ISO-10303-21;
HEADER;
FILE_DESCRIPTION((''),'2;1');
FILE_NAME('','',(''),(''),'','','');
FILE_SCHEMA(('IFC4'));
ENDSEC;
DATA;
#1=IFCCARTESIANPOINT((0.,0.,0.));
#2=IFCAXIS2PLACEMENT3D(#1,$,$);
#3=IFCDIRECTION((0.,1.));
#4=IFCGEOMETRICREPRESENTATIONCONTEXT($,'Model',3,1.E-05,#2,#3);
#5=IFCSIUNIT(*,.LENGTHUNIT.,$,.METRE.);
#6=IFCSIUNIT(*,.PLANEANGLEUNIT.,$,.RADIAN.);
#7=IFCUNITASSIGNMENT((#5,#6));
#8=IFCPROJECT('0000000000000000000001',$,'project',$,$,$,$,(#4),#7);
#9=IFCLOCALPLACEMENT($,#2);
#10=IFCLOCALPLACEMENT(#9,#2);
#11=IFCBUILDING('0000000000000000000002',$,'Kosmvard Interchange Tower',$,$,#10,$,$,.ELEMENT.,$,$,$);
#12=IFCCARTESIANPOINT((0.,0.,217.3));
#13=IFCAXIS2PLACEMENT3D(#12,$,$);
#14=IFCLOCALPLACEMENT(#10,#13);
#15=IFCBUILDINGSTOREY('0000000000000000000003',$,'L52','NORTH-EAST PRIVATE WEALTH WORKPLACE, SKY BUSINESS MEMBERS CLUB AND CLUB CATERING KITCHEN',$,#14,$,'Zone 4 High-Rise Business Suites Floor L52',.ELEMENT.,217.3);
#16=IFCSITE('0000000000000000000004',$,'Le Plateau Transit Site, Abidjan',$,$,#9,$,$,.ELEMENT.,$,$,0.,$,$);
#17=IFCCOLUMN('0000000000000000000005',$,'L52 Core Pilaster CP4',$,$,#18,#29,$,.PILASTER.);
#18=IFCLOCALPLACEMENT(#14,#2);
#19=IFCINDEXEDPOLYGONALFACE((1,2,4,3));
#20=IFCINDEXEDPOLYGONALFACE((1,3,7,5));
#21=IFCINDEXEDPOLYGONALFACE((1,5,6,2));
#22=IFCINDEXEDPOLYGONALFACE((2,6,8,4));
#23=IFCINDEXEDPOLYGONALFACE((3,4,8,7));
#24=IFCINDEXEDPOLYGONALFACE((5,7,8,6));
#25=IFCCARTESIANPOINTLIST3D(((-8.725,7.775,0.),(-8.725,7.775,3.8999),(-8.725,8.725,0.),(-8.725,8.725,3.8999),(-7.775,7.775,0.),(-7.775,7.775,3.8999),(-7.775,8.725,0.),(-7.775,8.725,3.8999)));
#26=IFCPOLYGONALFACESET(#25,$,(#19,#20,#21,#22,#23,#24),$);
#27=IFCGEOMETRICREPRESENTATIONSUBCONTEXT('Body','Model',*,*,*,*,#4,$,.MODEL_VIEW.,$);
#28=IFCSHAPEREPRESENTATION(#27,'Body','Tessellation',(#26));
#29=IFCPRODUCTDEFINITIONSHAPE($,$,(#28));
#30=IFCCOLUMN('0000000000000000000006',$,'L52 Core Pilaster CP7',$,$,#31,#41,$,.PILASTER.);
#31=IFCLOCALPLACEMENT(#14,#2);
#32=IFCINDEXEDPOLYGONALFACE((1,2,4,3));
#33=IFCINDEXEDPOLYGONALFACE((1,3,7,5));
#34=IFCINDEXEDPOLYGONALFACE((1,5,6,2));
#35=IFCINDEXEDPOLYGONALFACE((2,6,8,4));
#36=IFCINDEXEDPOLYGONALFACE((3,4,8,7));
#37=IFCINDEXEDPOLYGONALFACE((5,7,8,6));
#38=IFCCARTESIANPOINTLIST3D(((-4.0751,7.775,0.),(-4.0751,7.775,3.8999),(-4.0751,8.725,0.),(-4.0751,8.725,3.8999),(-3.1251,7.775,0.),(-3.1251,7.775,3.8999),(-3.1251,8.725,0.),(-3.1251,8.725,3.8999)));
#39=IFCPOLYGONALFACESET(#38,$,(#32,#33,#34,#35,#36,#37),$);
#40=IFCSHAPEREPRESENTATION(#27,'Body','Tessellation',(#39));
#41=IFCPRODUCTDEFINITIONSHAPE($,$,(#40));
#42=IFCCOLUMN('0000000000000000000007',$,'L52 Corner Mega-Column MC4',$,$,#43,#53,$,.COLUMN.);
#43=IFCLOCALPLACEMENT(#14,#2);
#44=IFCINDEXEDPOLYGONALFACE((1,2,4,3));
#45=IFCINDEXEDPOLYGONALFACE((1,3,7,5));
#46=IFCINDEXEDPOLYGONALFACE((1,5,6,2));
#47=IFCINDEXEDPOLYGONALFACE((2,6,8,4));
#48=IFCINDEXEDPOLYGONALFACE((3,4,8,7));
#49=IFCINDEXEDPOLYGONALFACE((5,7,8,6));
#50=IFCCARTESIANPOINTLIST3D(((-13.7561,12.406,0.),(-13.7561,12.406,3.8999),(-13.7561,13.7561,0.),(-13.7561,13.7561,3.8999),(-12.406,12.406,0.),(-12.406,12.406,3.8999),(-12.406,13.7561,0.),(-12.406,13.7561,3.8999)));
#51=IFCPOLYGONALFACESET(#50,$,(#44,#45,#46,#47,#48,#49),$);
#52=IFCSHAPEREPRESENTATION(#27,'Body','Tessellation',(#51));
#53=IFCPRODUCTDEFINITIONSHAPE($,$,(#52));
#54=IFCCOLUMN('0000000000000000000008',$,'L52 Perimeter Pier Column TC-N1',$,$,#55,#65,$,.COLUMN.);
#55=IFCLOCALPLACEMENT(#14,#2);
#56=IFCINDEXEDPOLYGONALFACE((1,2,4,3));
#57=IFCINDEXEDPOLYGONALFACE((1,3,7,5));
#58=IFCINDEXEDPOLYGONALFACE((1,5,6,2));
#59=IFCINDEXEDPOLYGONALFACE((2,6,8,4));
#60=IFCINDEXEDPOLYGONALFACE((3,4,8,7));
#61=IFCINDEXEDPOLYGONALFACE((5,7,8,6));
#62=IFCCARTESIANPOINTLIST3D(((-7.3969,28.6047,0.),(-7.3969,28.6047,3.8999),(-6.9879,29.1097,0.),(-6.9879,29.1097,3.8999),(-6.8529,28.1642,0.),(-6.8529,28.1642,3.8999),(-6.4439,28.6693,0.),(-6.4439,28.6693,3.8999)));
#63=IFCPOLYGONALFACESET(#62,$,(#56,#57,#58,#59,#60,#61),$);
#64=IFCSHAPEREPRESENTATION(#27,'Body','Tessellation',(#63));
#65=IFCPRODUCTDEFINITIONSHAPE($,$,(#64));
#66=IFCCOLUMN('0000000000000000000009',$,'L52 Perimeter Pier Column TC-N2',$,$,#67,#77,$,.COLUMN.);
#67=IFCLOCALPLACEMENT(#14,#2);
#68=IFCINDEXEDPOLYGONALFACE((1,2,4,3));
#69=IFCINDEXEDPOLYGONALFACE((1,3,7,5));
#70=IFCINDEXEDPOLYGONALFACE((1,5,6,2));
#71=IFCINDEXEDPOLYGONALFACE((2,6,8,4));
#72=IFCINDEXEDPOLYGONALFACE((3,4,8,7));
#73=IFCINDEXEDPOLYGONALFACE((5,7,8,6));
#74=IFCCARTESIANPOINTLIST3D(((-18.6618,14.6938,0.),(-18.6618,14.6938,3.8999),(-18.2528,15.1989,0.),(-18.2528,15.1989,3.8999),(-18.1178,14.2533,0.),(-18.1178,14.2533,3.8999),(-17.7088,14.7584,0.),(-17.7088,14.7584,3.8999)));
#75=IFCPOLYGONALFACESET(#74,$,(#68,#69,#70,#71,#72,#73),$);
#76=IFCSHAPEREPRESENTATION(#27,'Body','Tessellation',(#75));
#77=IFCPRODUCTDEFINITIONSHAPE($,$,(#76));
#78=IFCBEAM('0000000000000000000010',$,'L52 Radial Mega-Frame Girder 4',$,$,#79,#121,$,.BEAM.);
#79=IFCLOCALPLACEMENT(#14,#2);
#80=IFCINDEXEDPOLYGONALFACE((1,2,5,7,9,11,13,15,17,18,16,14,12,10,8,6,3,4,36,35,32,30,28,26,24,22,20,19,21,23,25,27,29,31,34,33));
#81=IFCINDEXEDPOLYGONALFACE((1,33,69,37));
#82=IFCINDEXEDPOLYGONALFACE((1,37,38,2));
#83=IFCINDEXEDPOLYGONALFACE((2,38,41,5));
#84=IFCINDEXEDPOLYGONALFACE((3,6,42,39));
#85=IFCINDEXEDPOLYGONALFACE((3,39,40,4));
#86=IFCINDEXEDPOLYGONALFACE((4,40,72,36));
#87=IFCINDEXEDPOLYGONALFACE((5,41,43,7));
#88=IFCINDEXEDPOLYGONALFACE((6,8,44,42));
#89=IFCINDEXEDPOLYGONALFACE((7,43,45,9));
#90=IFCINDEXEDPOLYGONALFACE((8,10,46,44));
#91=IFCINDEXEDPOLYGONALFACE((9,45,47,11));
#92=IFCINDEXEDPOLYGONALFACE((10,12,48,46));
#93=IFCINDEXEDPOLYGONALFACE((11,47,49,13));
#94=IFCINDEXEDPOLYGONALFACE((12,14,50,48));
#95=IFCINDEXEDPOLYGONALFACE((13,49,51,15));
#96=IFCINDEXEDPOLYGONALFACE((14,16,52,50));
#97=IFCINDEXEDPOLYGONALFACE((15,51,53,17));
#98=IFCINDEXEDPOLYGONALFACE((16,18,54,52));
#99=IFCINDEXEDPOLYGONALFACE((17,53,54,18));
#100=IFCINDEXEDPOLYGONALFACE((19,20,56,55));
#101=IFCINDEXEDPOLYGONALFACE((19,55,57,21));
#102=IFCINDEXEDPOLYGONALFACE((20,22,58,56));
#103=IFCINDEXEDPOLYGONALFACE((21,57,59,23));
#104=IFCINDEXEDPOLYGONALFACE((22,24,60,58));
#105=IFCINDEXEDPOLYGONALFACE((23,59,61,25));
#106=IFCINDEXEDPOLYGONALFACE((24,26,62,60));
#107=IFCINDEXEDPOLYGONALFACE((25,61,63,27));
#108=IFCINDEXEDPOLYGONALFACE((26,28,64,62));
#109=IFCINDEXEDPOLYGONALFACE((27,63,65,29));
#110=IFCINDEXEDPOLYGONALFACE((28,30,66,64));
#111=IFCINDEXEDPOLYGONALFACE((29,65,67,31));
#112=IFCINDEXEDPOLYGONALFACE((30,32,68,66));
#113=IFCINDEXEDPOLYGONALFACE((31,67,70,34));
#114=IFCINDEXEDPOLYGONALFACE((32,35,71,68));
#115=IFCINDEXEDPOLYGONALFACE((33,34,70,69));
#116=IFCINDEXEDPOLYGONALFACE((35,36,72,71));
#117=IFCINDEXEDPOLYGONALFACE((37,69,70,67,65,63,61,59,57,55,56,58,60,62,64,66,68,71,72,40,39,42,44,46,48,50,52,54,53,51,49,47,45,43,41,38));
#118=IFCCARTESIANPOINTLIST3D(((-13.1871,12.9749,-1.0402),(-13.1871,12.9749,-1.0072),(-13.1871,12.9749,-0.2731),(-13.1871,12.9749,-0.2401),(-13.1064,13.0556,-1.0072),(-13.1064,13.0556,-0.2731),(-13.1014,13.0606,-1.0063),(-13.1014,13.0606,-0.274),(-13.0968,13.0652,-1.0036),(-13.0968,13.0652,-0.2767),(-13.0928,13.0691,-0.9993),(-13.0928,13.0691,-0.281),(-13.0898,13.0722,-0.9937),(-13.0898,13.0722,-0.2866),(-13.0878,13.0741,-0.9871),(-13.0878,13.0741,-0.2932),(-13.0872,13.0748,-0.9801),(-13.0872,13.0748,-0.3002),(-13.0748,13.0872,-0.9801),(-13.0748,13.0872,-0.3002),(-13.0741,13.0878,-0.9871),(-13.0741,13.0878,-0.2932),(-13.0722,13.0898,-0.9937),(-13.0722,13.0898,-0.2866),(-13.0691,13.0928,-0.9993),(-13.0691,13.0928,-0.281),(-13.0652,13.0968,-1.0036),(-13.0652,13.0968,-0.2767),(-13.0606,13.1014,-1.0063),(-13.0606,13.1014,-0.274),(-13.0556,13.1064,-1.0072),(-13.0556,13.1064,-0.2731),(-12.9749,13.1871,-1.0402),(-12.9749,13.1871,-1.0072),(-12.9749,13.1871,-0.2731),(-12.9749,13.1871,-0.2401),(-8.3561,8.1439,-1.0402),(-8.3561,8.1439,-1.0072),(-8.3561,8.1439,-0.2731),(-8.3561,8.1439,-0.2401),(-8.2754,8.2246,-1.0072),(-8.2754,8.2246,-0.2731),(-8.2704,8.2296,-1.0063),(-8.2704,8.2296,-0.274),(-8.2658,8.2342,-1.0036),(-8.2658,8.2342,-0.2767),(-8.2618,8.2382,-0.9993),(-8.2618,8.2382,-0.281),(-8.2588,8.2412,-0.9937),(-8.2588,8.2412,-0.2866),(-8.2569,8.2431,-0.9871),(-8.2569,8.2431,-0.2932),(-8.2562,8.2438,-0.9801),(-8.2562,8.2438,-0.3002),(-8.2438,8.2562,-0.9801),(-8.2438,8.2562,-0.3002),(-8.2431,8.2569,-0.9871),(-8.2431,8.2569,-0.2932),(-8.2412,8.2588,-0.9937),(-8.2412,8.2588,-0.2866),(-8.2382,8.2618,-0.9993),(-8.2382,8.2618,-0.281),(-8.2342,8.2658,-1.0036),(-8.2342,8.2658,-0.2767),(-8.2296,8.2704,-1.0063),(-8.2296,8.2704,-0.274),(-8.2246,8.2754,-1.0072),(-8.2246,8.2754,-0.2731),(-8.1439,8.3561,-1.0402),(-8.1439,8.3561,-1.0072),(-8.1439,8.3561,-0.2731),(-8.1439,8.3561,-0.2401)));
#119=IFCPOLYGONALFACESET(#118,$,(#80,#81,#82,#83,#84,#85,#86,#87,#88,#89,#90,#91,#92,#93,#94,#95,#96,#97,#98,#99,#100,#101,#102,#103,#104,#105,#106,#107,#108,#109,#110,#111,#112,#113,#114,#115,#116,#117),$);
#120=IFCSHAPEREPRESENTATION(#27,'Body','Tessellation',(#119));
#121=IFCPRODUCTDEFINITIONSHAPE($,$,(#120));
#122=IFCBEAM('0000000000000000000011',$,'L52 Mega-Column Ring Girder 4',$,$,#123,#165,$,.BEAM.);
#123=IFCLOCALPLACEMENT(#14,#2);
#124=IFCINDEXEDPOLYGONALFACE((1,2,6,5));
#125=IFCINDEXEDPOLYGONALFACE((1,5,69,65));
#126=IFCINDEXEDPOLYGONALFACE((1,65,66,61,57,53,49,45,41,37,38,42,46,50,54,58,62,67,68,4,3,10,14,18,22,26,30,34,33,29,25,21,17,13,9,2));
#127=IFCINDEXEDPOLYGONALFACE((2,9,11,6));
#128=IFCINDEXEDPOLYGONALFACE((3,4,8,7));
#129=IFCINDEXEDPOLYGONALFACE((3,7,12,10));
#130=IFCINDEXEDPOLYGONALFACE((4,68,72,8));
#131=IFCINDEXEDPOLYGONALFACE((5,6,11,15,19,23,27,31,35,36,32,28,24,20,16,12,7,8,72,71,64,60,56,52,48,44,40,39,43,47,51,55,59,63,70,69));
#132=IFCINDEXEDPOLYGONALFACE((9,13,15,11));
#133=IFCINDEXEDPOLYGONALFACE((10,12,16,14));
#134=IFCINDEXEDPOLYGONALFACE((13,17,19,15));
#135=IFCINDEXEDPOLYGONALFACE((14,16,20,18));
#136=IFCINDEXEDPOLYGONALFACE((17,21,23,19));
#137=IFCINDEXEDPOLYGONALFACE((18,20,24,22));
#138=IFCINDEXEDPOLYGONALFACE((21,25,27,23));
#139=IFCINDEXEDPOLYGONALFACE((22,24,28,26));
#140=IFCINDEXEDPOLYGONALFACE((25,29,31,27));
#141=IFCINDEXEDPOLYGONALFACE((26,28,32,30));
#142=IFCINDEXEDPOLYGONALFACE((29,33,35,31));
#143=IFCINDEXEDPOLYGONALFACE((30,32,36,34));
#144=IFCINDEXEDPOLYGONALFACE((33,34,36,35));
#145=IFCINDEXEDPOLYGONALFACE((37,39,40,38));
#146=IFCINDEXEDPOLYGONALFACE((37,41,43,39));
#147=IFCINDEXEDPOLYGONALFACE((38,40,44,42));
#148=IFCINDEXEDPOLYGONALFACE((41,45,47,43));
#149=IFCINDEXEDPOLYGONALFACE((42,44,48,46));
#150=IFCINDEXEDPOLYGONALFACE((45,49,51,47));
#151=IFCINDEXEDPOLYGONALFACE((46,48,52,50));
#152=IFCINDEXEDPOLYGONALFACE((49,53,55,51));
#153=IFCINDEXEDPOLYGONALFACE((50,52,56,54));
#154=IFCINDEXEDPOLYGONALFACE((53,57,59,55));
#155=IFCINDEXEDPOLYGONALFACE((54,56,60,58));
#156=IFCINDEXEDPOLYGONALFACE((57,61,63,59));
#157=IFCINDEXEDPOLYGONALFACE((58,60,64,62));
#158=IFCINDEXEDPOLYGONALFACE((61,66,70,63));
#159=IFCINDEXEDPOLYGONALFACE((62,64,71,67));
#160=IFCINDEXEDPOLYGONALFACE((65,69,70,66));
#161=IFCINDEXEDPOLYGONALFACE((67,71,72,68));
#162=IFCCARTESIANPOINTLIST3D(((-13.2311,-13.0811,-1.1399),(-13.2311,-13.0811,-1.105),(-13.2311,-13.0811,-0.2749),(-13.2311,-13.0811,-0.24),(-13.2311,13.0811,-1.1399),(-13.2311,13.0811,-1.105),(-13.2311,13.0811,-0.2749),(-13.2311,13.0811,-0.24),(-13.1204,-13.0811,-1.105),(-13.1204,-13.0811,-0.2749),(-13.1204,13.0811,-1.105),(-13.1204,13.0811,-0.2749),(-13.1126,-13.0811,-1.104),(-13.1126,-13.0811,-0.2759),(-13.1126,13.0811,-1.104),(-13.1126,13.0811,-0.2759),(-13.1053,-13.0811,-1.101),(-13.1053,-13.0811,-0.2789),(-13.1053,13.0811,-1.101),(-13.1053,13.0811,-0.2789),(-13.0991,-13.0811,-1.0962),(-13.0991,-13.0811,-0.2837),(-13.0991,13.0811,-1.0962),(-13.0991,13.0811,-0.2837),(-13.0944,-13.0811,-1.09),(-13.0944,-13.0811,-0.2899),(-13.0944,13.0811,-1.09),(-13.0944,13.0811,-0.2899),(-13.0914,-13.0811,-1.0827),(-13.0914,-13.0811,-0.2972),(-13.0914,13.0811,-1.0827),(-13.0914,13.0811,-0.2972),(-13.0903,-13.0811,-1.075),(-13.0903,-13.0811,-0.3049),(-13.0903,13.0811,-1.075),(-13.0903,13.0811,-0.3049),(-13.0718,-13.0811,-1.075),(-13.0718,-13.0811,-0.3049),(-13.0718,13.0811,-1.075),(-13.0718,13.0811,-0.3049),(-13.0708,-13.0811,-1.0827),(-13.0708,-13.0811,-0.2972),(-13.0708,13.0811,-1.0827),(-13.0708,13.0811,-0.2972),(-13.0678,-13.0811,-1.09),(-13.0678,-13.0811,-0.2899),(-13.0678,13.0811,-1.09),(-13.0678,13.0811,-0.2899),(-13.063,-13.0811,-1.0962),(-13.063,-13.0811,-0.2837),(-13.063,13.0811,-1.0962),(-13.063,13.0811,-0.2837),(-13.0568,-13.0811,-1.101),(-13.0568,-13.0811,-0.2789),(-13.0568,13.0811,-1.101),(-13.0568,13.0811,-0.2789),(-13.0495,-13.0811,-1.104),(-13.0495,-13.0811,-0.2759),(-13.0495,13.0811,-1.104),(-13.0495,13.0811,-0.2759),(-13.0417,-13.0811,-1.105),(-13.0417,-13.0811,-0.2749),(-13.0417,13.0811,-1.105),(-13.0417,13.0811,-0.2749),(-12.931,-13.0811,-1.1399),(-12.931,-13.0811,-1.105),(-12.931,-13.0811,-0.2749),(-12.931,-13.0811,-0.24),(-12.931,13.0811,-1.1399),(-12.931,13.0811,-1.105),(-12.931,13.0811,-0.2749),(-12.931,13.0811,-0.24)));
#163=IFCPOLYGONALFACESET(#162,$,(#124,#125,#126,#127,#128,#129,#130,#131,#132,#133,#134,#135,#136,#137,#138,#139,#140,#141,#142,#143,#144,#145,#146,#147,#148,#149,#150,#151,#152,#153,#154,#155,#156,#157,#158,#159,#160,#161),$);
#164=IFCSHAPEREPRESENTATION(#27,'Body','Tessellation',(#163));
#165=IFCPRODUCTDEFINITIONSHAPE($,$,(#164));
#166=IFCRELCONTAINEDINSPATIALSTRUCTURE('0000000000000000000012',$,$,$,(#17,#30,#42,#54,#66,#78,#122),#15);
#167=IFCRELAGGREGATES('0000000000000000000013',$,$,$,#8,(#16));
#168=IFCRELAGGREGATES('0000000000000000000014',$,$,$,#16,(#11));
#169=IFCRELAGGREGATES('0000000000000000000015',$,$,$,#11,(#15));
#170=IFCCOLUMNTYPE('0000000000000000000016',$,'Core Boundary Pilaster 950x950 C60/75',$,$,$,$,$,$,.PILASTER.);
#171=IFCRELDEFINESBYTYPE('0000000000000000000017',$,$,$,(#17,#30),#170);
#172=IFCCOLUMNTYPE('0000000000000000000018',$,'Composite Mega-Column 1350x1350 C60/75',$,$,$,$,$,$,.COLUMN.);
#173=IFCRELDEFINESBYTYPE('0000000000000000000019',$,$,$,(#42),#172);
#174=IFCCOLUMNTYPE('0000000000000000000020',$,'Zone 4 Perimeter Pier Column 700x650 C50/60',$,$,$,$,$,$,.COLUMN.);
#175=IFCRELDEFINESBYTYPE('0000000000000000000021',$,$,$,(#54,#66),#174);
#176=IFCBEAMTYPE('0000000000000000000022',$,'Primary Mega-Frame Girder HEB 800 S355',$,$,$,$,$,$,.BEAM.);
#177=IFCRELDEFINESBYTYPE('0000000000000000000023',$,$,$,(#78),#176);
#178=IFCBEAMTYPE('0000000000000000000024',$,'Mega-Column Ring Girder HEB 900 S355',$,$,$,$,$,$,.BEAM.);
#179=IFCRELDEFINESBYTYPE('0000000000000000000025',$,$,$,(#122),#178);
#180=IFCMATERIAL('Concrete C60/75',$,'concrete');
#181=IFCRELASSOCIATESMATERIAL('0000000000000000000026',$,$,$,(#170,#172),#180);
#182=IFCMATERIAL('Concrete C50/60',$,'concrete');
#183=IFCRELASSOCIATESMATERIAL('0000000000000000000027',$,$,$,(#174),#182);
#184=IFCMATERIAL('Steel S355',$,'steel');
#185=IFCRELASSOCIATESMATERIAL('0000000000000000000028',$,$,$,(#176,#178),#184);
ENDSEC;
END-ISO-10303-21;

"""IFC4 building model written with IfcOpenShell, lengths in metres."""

from ifc_helpers import new_model, si_unit, direction, frame, origin, origin_2d, place, context, subcontext, project, spatial, rectangle, i_section, extrude, source, transform, mapped, material, material_profile, profile_set, type_object, element, save


model = new_model("IFC4")

# Units and contexts
model_context = context("Model", 3, precision=1e-05, world=origin(), true_north=direction((0.0, 1.0)))
body_context = subcontext(model_context, "Body", "Model", "MODEL_VIEW")
ifc_project = project(units=[si_unit("LENGTHUNIT", "METRE"), si_unit("PLANEANGLEUNIT", "RADIAN")], contexts=[model_context])

# Site, building, storey
site_placement = place(None, origin())
site = spatial("IfcSite", under=ifc_project, at=site_placement, Name="Le Plateau Transit Site, Abidjan", CompositionType="ELEMENT", RefElevation=0.0)
building_placement = place(site_placement, origin())
building = spatial("IfcBuilding", under=site, at=building_placement, Name="Kosmvard Interchange Tower", CompositionType="ELEMENT")
storey_placement = place(building_placement, frame((0.0, 0.0, 217.3)))
storey = spatial("IfcBuildingStorey", under=building, at=storey_placement, Name="L52", Description="NORTH-EAST PRIVATE WEALTH WORKPLACE, SKY BUSINESS MEMBERS CLUB AND CLUB CATERING KITCHEN", LongName="Zone 4 High-Rise Business Suites Floor L52", CompositionType="ELEMENT", Elevation=217.3)

# Columns
ifc_material_1 = material(Name="Concrete C60/75", Category="concrete")
ifc_material_profile_1 = material_profile(ifc_material_1, rectangle(XDim=0.95, YDim=0.95, at=origin_2d()), Name="CP 950x950")
ifc_profile_set_1 = profile_set([ifc_material_profile_1], Name="Concrete C60/75")
column_type_1 = type_object("IfcColumnType", Name="Core Boundary Pilaster 950x950 C60/75", PredefinedType="PILASTER", material=ifc_profile_set_1)
shared_shape_1 = source(origin(), body_context, "Body", "SweptSolid", [
    extrude(rectangle(XDim=0.95, YDim=0.95, at=origin_2d()), origin(), (0.0, 0.0, 1.0), 3.8999),
])
for number, where, z_axis, x_axis, name in (
    (1, (-8.25, 8.25, 0.0), (0.0, 0.0, 1.0), (1.0, 0.0, 0.0), "L52 Core Pilaster CP4"),
    (2, (-3.6001, 8.25, 0.0), (0.0, 0.0, 1.0), (1.0, 0.0, 0.0), "L52 Core Pilaster CP7"),
):
    element("IfcColumn", number, at=place(storey_placement, frame(where, z_axis=z_axis, x_axis=x_axis)), inside=storey, type_object=column_type_1, Name=name, PredefinedType="PILASTER", context=body_context, shape_type="MappedRepresentation", body=[
        mapped(shared_shape_1, transform((0.0, 0.0, 0.0), scale=1.0)),
    ])
ifc_material_profile_2 = material_profile(ifc_material_1, rectangle(XDim=1.3501, YDim=1.3501, at=origin_2d()), Name="MC 1350x1350")
ifc_profile_set_2 = profile_set([ifc_material_profile_2], Name="Concrete C60/75")
column_type_2 = type_object("IfcColumnType", Name="Composite Mega-Column 1350x1350 C60/75", PredefinedType="COLUMN", material=ifc_profile_set_2)
shared_shape_2 = source(origin(), body_context, "Body", "SweptSolid", [
    extrude(rectangle(XDim=1.3501, YDim=1.3501, at=origin_2d()), origin(), (0.0, 0.0, 1.0), 3.8999),
])
column_placement = place(storey_placement, frame((-13.0811, 13.0811, 0.0), z_axis=(0.0, 0.0, 1.0), x_axis=(1.0, 0.0, 0.0)))
element("IfcColumn", 3, at=column_placement, inside=storey, type_object=column_type_2, Name="L52 Corner Mega-Column MC4", PredefinedType="COLUMN", context=body_context, shape_type="MappedRepresentation", body=[
    mapped(shared_shape_2, transform((0.0, 0.0, 0.0), scale=1.0)),
])
ifc_material_2 = material(Name="Concrete C50/60", Category="concrete")
ifc_material_profile_3 = material_profile(ifc_material_2, rectangle(XDim=0.6499, YDim=0.7, at=origin_2d()), Name="TC 700x650")
ifc_profile_set_3 = profile_set([ifc_material_profile_3], Name="Concrete C50/60")
column_type_3 = type_object("IfcColumnType", Name="Zone 4 Perimeter Pier Column 700x650 C50/60", PredefinedType="COLUMN", material=ifc_profile_set_3)
shared_shape_3 = source(origin(), body_context, "Body", "SweptSolid", [
    extrude(rectangle(XDim=0.6499, YDim=0.7, at=origin_2d()), origin(), (0.0, 0.0, 1.0), 3.8999),
])
for number, where, z_axis, x_axis, name in (
    (4, (-6.9204, 28.637, 0.0), (0.0, 0.0, 1.0), (0.62932, 0.777146, 0.0), "L52 Perimeter Pier Column TC-N1"),
    (5, (-18.1853, 14.7261, 0.0), (0.0, 0.0, 1.0), (0.62932, 0.777146, 0.0), "L52 Perimeter Pier Column TC-N2"),
):
    element("IfcColumn", number, at=place(storey_placement, frame(where, z_axis=z_axis, x_axis=x_axis)), inside=storey, type_object=column_type_3, Name=name, PredefinedType="COLUMN", context=body_context, shape_type="MappedRepresentation", body=[
        mapped(shared_shape_3, transform((0.0, 0.0, 0.0), scale=1.0)),
    ])

# Beams
ifc_material_3 = material(Name="Steel S355", Category="steel")
ifc_material_profile_4 = material_profile(ifc_material_3, i_section(OverallWidth=0.3, OverallDepth=0.8, WebThickness=0.0176, FlangeThickness=0.033, FilletRadius=0.0271, at=origin_2d()), Name="HEB 800")
ifc_profile_set_4 = profile_set([ifc_material_profile_4], Name="Steel S355")
beam_type_1 = type_object("IfcBeamType", Name="Primary Mega-Frame Girder HEB 800 S355", PredefinedType="BEAM", material=ifc_profile_set_4)
shared_shape_4 = source(origin(), body_context, "Body", "SweptSolid", [
    extrude(i_section(OverallWidth=0.3, OverallDepth=0.8, WebThickness=0.0176, FlangeThickness=0.033, FilletRadius=0.0271, at=origin_2d()), origin(), (0.0, 0.0, 1.0), 6.832),
])
beam_1_placement = place(storey_placement, frame((-8.25, 8.25, -0.6401), z_axis=(-0.707107, 0.707107, 0.0), x_axis=(-0.707107, -0.707107, 0.0)))
element("IfcBeam", 6, at=beam_1_placement, inside=storey, type_object=beam_type_1, Name="L52 Radial Mega-Frame Girder 4", PredefinedType="BEAM", context=body_context, shape_type="MappedRepresentation", body=[
    mapped(shared_shape_4, transform((0.0, 0.0, 0.0), scale=1.0)),
])
ifc_material_profile_5 = material_profile(ifc_material_3, i_section(OverallWidth=0.3, OverallDepth=0.8999, WebThickness=0.0186, FlangeThickness=0.0349, FilletRadius=0.03, at=origin_2d()), Name="HEB 900")
ifc_profile_set_5 = profile_set([ifc_material_profile_5], Name="Steel S355")
beam_type_2 = type_object("IfcBeamType", Name="Mega-Column Ring Girder HEB 900 S355", PredefinedType="BEAM", material=ifc_profile_set_5)
shared_shape_5 = source(origin(), body_context, "Body", "SweptSolid", [
    extrude(i_section(OverallWidth=0.3, OverallDepth=0.8999, WebThickness=0.0186, FlangeThickness=0.0349, FilletRadius=0.03, at=origin_2d()), origin(), (0.0, 0.0, 1.0), 26.1621),
])
beam_2_placement = place(storey_placement, frame((-13.0811, 13.0811, -0.6899), z_axis=(0.0, -1.0, 0.0), x_axis=(1.0, 0.0, 0.0)))
element("IfcBeam", 7, at=beam_2_placement, inside=storey, type_object=beam_type_2, Name="L52 Mega-Column Ring Girder 4", PredefinedType="BEAM", context=body_context, shape_type="MappedRepresentation", body=[
    mapped(shared_shape_5, transform((0.0, 0.0, 0.0), scale=1.0)),
])

save(model, "model.ifc")
